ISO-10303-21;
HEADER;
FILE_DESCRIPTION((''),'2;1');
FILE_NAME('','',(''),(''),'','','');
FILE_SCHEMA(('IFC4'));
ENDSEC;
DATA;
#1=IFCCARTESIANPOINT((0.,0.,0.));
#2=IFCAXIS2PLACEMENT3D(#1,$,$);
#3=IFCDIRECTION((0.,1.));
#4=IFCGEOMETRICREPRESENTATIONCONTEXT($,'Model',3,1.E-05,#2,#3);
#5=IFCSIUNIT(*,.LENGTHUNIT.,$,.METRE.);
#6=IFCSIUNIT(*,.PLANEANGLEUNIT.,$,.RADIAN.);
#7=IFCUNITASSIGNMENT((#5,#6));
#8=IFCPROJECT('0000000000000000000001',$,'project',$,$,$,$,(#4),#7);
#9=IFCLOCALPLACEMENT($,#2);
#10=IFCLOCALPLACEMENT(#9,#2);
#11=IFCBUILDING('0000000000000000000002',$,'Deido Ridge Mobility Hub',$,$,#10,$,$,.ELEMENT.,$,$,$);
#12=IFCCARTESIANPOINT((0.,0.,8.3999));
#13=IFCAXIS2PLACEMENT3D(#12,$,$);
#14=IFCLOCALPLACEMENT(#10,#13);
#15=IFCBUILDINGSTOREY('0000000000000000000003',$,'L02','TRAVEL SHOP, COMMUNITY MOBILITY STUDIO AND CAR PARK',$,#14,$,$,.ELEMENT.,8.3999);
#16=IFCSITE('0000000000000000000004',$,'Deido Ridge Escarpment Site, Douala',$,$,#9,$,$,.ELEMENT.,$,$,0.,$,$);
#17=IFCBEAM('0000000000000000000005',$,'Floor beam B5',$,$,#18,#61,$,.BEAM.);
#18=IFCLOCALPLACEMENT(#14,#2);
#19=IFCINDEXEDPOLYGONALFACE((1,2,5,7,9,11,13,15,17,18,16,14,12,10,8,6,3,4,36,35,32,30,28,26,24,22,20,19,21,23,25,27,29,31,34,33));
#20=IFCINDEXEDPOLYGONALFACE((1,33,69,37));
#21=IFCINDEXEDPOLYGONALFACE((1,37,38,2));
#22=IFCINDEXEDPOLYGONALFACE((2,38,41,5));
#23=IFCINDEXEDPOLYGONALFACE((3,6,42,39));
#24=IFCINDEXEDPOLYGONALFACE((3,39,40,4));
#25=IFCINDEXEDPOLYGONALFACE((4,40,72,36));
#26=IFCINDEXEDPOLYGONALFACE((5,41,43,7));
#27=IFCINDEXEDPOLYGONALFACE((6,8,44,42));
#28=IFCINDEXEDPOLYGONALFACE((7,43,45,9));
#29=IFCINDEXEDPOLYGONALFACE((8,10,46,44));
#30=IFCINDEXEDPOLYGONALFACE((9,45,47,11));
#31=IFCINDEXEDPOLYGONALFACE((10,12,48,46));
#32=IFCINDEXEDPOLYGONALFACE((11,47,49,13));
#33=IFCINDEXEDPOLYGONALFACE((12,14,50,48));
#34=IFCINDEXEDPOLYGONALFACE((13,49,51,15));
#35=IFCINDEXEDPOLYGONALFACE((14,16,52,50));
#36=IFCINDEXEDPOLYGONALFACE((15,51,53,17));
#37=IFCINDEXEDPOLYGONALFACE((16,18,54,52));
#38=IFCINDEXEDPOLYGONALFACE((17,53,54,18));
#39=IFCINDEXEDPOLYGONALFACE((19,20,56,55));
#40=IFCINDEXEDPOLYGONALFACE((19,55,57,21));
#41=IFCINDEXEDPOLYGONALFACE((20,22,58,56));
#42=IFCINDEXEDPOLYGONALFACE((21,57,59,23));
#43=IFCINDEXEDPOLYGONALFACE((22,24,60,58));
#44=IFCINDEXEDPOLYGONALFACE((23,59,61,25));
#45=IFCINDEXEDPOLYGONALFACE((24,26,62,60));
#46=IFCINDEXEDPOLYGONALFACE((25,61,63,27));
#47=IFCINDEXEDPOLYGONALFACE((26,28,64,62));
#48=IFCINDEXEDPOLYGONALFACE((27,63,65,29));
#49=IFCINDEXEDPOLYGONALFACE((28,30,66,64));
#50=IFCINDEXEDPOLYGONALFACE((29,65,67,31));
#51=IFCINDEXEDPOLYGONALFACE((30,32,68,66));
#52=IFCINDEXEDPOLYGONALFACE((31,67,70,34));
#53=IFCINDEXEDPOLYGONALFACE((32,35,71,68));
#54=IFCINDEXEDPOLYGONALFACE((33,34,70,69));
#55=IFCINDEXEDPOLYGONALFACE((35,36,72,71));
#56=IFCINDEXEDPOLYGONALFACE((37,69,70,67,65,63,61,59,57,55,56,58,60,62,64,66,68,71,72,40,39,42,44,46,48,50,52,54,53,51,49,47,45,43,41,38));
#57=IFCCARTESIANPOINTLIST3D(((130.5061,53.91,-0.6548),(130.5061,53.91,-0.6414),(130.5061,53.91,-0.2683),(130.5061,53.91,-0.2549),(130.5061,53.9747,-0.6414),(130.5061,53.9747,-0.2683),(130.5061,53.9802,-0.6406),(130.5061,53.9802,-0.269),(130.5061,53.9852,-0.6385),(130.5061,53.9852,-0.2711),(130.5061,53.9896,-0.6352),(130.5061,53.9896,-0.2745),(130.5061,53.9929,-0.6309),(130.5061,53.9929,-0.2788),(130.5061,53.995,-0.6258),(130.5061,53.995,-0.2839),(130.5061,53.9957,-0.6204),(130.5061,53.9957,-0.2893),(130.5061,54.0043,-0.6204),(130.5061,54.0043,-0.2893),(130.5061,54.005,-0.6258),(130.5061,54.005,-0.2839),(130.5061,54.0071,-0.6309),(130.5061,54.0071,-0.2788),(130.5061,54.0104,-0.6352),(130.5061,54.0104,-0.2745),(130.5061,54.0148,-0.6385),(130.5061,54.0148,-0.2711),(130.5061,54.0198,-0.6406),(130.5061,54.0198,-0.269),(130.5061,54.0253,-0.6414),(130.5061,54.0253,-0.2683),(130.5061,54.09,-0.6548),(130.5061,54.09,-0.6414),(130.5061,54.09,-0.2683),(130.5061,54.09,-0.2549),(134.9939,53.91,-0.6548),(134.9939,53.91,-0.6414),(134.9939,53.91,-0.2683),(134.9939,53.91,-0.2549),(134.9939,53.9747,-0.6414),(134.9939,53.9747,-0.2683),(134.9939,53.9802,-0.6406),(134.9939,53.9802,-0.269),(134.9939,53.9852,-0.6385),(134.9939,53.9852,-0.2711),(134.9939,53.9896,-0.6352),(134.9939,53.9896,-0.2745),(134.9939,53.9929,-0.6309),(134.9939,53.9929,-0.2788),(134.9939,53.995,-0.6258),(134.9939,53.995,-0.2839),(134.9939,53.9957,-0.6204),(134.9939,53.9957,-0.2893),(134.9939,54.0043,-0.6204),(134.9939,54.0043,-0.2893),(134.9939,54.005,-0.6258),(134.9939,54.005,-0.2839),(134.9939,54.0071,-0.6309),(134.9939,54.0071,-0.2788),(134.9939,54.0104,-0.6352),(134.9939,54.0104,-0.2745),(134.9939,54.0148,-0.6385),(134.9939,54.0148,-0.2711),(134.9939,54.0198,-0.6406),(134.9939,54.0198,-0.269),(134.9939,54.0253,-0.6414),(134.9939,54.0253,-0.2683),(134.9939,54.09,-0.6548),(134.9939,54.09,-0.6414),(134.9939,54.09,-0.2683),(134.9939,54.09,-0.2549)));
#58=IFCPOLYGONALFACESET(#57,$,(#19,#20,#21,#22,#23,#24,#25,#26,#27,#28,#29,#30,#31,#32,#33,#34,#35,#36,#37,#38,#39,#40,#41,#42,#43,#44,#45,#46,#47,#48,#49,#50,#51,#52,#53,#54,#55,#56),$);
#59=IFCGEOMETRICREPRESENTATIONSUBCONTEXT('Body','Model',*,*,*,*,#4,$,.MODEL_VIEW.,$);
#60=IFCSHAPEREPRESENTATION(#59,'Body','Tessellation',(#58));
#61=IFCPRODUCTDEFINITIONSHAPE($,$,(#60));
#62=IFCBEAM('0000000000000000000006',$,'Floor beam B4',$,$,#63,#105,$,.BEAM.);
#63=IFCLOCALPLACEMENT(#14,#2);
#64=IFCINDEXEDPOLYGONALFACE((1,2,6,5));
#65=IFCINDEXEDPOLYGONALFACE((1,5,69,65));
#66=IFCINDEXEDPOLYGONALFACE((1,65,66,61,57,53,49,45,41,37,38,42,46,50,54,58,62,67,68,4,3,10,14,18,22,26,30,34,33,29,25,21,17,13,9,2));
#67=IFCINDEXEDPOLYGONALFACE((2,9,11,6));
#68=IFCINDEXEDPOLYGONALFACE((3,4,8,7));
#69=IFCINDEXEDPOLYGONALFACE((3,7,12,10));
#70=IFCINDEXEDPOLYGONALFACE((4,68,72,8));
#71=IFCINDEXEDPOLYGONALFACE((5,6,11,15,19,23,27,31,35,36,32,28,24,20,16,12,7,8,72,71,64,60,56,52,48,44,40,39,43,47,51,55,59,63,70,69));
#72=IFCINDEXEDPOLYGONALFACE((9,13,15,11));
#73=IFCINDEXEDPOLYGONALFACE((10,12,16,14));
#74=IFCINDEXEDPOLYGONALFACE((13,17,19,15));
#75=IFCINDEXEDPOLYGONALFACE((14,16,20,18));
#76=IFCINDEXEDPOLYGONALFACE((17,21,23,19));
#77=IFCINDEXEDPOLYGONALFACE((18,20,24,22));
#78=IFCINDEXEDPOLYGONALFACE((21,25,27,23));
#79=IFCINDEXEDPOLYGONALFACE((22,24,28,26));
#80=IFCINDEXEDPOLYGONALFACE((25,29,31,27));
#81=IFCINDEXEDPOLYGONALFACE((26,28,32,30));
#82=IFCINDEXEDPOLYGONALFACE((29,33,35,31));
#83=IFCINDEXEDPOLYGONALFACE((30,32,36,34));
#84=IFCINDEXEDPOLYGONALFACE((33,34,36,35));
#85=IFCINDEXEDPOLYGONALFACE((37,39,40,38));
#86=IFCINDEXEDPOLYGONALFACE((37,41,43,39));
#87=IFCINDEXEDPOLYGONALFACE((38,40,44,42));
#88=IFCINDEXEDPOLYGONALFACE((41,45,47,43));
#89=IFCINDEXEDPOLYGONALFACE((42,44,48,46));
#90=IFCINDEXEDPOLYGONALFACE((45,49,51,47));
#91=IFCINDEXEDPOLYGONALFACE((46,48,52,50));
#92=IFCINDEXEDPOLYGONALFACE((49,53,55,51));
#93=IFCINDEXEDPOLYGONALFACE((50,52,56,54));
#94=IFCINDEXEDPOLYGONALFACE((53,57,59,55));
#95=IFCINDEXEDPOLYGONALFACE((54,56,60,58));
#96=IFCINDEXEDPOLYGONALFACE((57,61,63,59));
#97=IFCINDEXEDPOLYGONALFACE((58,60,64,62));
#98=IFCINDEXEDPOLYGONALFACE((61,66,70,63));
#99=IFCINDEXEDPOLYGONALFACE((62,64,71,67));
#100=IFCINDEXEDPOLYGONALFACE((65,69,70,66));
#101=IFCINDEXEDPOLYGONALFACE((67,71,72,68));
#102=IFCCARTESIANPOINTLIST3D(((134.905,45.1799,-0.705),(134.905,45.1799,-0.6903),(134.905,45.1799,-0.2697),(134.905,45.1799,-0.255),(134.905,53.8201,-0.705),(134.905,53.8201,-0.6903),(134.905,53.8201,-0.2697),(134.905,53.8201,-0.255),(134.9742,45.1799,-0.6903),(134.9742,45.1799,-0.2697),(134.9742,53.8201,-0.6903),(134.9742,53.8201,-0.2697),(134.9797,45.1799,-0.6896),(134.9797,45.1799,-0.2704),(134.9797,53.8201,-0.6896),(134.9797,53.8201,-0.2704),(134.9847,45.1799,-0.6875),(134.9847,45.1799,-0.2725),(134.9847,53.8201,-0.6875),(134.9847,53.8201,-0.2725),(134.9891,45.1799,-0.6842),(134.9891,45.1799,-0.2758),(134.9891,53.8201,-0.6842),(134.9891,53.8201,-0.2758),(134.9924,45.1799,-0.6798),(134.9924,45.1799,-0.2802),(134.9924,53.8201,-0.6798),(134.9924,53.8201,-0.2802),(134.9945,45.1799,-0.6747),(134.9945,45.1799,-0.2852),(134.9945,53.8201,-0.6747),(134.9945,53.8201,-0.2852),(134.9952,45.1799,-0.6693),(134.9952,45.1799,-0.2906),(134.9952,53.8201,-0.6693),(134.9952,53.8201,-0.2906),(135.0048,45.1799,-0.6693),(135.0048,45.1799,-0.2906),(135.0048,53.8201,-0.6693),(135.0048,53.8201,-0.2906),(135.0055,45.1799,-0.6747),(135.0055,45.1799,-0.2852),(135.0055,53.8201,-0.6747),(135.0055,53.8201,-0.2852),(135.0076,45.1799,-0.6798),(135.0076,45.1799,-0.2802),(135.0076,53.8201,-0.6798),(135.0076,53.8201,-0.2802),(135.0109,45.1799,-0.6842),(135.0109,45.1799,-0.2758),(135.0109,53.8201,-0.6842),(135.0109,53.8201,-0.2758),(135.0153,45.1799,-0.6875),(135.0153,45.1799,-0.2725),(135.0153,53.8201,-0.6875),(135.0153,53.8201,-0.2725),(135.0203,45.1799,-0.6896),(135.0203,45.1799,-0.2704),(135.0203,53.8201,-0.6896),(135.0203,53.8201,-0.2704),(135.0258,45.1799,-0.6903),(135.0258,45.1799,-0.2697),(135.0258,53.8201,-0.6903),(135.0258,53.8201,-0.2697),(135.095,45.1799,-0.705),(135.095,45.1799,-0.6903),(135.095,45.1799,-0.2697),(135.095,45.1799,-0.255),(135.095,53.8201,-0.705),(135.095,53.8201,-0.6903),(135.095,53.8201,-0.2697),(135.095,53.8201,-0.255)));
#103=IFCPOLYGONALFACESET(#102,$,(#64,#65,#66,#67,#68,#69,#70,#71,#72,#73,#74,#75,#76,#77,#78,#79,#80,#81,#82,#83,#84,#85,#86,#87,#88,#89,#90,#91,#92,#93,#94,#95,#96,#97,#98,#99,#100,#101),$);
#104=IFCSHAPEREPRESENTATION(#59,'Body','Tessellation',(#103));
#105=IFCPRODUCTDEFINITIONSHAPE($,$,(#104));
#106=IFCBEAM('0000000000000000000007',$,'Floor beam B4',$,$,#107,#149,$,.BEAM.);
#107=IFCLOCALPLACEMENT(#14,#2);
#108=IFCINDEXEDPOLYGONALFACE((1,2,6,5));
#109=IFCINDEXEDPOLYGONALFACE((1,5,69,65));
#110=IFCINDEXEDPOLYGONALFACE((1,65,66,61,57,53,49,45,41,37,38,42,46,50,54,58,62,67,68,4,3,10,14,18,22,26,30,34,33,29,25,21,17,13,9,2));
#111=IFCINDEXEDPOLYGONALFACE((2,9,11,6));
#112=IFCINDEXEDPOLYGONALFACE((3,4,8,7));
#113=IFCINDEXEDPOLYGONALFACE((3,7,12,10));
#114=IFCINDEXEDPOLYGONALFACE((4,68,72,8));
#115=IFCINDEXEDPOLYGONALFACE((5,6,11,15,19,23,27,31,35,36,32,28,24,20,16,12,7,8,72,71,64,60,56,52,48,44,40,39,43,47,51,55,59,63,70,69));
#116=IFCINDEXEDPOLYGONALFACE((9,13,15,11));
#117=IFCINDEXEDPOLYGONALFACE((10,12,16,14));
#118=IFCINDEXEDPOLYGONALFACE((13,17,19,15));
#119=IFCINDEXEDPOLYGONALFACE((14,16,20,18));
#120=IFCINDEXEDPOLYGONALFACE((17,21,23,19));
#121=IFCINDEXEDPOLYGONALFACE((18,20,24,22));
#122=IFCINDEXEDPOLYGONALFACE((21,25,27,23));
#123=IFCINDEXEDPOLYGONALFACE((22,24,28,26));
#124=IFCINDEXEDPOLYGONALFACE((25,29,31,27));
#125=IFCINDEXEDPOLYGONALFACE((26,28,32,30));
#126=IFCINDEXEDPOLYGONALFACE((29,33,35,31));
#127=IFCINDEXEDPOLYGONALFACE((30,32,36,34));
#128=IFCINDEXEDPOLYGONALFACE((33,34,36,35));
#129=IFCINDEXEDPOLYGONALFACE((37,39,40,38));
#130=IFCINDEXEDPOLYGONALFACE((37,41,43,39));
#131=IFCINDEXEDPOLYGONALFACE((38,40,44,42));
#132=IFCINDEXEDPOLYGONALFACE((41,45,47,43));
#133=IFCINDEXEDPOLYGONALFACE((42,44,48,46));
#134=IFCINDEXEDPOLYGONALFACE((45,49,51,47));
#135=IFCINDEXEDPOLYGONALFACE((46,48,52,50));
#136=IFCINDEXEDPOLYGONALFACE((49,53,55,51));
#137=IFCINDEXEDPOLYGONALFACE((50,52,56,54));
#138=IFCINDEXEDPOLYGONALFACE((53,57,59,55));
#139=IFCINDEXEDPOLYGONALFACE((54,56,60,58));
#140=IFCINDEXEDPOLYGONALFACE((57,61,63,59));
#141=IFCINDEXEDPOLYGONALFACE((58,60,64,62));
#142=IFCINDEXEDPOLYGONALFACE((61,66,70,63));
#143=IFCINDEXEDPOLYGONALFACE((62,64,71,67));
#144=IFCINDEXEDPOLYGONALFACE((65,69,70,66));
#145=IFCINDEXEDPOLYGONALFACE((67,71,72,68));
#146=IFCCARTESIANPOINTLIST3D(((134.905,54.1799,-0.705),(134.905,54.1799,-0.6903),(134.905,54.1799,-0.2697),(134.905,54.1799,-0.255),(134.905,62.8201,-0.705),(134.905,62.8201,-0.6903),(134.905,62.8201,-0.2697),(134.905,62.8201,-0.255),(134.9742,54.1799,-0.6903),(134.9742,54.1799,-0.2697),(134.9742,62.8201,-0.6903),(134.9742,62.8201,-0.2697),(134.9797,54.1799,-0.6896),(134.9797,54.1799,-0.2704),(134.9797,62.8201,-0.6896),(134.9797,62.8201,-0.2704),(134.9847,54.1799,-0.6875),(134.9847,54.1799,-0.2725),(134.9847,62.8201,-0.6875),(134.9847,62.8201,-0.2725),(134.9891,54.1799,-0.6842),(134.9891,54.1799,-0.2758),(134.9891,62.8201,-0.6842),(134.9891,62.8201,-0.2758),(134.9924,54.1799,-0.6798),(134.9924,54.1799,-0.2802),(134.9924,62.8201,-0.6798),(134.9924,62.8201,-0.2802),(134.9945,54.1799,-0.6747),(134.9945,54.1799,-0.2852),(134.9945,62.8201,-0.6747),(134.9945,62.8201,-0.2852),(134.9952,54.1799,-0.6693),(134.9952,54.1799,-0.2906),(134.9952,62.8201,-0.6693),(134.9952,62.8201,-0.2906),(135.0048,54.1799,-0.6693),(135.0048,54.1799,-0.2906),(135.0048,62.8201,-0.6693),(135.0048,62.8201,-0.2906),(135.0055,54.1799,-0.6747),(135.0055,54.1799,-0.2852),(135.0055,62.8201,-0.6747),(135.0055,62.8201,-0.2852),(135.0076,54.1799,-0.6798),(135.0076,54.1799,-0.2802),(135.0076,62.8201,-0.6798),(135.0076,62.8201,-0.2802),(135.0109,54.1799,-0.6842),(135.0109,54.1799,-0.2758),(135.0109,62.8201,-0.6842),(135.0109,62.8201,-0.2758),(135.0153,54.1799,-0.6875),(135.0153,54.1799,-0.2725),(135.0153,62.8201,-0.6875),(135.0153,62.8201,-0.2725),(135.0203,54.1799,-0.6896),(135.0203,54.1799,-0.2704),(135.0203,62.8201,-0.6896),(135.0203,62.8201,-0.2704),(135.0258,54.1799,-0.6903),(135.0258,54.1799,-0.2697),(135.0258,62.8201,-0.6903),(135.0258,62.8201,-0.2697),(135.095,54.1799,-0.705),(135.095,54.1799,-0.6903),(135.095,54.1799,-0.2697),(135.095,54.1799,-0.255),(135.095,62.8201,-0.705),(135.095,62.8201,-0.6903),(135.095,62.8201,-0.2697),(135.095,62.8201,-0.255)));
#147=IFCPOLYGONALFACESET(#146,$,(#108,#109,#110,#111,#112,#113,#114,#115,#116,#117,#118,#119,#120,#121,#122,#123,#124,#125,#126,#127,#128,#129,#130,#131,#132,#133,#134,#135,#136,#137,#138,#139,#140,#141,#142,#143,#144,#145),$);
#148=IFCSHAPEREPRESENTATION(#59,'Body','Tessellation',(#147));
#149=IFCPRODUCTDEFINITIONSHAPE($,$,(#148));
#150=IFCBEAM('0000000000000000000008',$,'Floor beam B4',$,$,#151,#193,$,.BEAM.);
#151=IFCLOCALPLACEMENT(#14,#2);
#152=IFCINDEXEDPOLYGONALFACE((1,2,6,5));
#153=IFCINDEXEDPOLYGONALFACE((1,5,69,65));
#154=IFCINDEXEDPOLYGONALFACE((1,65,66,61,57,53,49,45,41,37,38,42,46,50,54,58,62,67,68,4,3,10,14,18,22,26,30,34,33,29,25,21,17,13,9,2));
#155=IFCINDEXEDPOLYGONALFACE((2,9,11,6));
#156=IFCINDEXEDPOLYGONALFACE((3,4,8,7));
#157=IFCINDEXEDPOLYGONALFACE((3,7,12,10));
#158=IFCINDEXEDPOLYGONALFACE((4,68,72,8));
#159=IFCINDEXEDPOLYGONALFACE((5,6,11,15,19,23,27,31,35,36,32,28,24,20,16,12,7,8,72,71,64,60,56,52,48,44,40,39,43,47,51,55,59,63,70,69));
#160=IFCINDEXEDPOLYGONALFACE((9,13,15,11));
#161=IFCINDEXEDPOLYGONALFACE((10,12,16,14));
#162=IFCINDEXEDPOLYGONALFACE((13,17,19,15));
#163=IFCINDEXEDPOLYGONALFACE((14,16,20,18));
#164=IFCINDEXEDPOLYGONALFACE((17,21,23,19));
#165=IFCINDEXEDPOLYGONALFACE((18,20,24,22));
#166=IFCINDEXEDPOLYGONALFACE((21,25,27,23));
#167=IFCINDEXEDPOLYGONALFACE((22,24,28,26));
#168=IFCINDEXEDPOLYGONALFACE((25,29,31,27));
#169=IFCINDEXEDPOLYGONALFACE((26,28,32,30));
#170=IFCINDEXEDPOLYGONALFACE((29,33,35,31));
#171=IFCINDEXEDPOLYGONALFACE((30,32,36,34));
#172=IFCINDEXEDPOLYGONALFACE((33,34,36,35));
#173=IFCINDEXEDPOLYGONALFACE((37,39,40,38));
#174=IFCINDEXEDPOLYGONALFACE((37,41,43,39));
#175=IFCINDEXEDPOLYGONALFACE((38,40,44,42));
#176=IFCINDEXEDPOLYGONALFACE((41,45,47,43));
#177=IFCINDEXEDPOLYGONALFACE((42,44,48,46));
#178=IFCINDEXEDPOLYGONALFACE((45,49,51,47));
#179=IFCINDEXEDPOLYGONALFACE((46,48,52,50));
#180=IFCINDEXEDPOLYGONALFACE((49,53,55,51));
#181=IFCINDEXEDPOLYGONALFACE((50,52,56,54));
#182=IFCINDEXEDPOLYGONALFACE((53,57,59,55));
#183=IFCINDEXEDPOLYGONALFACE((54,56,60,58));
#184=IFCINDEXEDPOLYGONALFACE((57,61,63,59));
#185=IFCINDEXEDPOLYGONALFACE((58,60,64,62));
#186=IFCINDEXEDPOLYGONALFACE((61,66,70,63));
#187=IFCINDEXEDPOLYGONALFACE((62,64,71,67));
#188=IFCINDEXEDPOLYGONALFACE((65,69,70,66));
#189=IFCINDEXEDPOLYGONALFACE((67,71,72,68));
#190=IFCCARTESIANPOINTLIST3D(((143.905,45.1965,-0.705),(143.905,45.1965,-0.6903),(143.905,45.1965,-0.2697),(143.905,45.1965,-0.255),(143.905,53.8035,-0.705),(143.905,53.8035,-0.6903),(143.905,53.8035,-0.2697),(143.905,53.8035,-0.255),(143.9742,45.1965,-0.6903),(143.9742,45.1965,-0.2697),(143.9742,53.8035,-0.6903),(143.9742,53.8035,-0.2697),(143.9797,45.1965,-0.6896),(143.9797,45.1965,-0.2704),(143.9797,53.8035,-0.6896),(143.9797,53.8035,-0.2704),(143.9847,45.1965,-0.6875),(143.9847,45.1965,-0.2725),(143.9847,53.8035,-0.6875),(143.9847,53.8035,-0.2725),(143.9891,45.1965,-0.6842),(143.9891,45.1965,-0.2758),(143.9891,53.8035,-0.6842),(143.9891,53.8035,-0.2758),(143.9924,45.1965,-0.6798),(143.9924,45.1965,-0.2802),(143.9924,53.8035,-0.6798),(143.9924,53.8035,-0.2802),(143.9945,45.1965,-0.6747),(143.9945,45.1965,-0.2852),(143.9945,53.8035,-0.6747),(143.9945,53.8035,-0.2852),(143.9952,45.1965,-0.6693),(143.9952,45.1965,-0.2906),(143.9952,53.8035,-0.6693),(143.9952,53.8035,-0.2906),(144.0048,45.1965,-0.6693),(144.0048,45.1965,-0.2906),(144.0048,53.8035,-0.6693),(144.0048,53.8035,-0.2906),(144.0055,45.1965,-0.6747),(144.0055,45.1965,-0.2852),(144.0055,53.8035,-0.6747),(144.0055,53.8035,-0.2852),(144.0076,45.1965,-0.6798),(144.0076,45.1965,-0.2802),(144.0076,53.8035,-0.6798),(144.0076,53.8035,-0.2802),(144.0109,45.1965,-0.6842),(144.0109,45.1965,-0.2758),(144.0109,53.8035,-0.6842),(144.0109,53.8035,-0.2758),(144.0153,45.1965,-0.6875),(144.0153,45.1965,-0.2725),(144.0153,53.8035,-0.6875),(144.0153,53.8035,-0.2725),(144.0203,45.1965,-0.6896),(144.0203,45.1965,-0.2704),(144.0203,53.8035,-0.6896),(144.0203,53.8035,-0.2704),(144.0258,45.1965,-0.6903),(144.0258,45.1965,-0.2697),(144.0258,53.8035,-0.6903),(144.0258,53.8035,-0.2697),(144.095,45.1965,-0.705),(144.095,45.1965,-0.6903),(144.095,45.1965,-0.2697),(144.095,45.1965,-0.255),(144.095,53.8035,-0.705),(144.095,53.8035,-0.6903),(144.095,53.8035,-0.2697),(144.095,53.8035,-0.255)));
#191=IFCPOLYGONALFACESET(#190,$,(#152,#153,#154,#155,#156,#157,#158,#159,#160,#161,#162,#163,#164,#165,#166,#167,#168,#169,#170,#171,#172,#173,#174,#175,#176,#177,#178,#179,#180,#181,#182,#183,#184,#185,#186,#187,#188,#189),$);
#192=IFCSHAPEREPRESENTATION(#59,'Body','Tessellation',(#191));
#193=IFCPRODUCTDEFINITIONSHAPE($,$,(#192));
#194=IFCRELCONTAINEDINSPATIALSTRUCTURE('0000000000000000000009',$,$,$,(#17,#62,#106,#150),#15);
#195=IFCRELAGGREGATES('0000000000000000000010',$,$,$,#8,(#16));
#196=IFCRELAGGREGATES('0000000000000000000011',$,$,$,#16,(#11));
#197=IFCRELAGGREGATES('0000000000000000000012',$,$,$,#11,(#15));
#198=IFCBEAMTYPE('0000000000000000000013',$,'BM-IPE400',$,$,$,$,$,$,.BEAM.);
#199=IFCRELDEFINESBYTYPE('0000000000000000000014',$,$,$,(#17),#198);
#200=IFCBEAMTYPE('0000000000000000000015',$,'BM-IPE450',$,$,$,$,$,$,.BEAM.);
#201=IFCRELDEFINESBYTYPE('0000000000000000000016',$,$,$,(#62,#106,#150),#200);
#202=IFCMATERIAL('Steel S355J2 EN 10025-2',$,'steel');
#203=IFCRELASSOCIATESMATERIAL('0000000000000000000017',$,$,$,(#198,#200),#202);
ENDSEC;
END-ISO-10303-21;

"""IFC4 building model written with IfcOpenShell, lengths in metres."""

from ifc_helpers import new_model, si_unit, direction, frame, origin, origin_2d, place, context, subcontext, project, spatial, i_section, extrude, material, material_profile, profile_set, type_object, element, save


model = new_model("IFC4")

# Units and contexts
model_context = context("Model", 3, precision=1e-05, world=origin(), true_north=direction((0.0, 1.0)))
body_context = subcontext(model_context, "Body", "Model", "MODEL_VIEW")
ifc_project = project(units=[si_unit("LENGTHUNIT", "METRE"), si_unit("PLANEANGLEUNIT", "RADIAN")], contexts=[model_context])

# Site, building, storey
site_placement = place(None, origin())
site = spatial("IfcSite", under=ifc_project, at=site_placement, Name="Deido Ridge Escarpment Site, Douala", CompositionType="ELEMENT", RefElevation=0.0)
building_placement = place(site_placement, origin())
building = spatial("IfcBuilding", under=site, at=building_placement, Name="Deido Ridge Mobility Hub", CompositionType="ELEMENT")
storey_placement = place(building_placement, frame((0.0, 0.0, 8.3999)))
storey = spatial("IfcBuildingStorey", under=building, at=storey_placement, Name="L02", Description="TRAVEL SHOP, COMMUNITY MOBILITY STUDIO AND CAR PARK", CompositionType="ELEMENT", Elevation=8.3999)

# Shared definitions
ifc_material_1 = material(Name="Steel S355J2 EN 10025-2", Category="steel")

# Beams
ifc_material_profile_1 = material_profile(ifc_material_1, i_section(OverallWidth=0.1799, OverallDepth=0.3999, WebThickness=0.0085, FlangeThickness=0.0134, FilletRadius=0.021, at=origin_2d()), Name="IPE 400")
ifc_profile_set_1 = profile_set([ifc_material_profile_1], Name="Steel S355J2 EN 10025-2")
beam_type_1 = type_object("IfcBeamType", Name="BM-IPE400", PredefinedType="BEAM", material=ifc_profile_set_1)
for number, where, z_axis, x_axis, name in (
    (1, (130.5061, 54.0, -0.4548), (1.0, 0.0, 0.0), (0.0, 1.0, 0.0), "Floor beam B5"),
):
    element("IfcBeam", number, at=place(storey_placement, frame(where, z_axis=z_axis, x_axis=x_axis)), inside=storey, type_object=beam_type_1, Name=name, PredefinedType="BEAM", context=body_context, shape_type="SweptSolid", body=[
        extrude(i_section(OverallWidth=0.1799, OverallDepth=0.3999, WebThickness=0.0085, FlangeThickness=0.0134, FilletRadius=0.021, at=origin_2d()), origin(), (0.0, 0.0, 1.0), 4.4878),
    ])
ifc_material_profile_2 = material_profile(ifc_material_1, i_section(OverallWidth=0.1899, OverallDepth=0.45, WebThickness=0.0095, FlangeThickness=0.0146, FilletRadius=0.021, at=origin_2d()), Name="IPE 450")
ifc_profile_set_2 = profile_set([ifc_material_profile_2], Name="Steel S355J2 EN 10025-2")
beam_type_2 = type_object("IfcBeamType", Name="BM-IPE450", PredefinedType="BEAM", material=ifc_profile_set_2)
for number, where, z_axis, x_axis, name in (
    (2, (135.0, 45.1799, -0.48), (0.0, 1.0, 0.0), (-1.0, 0.0, 0.0), "Floor beam B4"),
    (3, (135.0, 54.1799, -0.48), (0.0, 1.0, 0.0), (-1.0, 0.0, 0.0), "Floor beam B4"),
):
    element("IfcBeam", number, at=place(storey_placement, frame(where, z_axis=z_axis, x_axis=x_axis)), inside=storey, type_object=beam_type_2, Name=name, PredefinedType="BEAM", context=body_context, shape_type="SweptSolid", body=[
        extrude(i_section(OverallWidth=0.1899, OverallDepth=0.45, WebThickness=0.0095, FlangeThickness=0.0146, FilletRadius=0.021, at=origin_2d()), origin(), (0.0, 0.0, 1.0), 8.6401),
    ])
for number, where, z_axis, x_axis, name in (
    (4, (144.0, 45.1965, -0.48), (0.0, 1.0, 0.0), (-1.0, 0.0, 0.0), "Floor beam B4"),
):
    element("IfcBeam", number, at=place(storey_placement, frame(where, z_axis=z_axis, x_axis=x_axis)), inside=storey, type_object=beam_type_2, Name=name, PredefinedType="BEAM", context=body_context, shape_type="SweptSolid", body=[
        extrude(i_section(OverallWidth=0.1899, OverallDepth=0.45, WebThickness=0.0095, FlangeThickness=0.0146, FilletRadius=0.021, at=origin_2d()), origin(), (0.0, 0.0, 1.0), 8.6069),
    ])

save(model, "model.ifc")
